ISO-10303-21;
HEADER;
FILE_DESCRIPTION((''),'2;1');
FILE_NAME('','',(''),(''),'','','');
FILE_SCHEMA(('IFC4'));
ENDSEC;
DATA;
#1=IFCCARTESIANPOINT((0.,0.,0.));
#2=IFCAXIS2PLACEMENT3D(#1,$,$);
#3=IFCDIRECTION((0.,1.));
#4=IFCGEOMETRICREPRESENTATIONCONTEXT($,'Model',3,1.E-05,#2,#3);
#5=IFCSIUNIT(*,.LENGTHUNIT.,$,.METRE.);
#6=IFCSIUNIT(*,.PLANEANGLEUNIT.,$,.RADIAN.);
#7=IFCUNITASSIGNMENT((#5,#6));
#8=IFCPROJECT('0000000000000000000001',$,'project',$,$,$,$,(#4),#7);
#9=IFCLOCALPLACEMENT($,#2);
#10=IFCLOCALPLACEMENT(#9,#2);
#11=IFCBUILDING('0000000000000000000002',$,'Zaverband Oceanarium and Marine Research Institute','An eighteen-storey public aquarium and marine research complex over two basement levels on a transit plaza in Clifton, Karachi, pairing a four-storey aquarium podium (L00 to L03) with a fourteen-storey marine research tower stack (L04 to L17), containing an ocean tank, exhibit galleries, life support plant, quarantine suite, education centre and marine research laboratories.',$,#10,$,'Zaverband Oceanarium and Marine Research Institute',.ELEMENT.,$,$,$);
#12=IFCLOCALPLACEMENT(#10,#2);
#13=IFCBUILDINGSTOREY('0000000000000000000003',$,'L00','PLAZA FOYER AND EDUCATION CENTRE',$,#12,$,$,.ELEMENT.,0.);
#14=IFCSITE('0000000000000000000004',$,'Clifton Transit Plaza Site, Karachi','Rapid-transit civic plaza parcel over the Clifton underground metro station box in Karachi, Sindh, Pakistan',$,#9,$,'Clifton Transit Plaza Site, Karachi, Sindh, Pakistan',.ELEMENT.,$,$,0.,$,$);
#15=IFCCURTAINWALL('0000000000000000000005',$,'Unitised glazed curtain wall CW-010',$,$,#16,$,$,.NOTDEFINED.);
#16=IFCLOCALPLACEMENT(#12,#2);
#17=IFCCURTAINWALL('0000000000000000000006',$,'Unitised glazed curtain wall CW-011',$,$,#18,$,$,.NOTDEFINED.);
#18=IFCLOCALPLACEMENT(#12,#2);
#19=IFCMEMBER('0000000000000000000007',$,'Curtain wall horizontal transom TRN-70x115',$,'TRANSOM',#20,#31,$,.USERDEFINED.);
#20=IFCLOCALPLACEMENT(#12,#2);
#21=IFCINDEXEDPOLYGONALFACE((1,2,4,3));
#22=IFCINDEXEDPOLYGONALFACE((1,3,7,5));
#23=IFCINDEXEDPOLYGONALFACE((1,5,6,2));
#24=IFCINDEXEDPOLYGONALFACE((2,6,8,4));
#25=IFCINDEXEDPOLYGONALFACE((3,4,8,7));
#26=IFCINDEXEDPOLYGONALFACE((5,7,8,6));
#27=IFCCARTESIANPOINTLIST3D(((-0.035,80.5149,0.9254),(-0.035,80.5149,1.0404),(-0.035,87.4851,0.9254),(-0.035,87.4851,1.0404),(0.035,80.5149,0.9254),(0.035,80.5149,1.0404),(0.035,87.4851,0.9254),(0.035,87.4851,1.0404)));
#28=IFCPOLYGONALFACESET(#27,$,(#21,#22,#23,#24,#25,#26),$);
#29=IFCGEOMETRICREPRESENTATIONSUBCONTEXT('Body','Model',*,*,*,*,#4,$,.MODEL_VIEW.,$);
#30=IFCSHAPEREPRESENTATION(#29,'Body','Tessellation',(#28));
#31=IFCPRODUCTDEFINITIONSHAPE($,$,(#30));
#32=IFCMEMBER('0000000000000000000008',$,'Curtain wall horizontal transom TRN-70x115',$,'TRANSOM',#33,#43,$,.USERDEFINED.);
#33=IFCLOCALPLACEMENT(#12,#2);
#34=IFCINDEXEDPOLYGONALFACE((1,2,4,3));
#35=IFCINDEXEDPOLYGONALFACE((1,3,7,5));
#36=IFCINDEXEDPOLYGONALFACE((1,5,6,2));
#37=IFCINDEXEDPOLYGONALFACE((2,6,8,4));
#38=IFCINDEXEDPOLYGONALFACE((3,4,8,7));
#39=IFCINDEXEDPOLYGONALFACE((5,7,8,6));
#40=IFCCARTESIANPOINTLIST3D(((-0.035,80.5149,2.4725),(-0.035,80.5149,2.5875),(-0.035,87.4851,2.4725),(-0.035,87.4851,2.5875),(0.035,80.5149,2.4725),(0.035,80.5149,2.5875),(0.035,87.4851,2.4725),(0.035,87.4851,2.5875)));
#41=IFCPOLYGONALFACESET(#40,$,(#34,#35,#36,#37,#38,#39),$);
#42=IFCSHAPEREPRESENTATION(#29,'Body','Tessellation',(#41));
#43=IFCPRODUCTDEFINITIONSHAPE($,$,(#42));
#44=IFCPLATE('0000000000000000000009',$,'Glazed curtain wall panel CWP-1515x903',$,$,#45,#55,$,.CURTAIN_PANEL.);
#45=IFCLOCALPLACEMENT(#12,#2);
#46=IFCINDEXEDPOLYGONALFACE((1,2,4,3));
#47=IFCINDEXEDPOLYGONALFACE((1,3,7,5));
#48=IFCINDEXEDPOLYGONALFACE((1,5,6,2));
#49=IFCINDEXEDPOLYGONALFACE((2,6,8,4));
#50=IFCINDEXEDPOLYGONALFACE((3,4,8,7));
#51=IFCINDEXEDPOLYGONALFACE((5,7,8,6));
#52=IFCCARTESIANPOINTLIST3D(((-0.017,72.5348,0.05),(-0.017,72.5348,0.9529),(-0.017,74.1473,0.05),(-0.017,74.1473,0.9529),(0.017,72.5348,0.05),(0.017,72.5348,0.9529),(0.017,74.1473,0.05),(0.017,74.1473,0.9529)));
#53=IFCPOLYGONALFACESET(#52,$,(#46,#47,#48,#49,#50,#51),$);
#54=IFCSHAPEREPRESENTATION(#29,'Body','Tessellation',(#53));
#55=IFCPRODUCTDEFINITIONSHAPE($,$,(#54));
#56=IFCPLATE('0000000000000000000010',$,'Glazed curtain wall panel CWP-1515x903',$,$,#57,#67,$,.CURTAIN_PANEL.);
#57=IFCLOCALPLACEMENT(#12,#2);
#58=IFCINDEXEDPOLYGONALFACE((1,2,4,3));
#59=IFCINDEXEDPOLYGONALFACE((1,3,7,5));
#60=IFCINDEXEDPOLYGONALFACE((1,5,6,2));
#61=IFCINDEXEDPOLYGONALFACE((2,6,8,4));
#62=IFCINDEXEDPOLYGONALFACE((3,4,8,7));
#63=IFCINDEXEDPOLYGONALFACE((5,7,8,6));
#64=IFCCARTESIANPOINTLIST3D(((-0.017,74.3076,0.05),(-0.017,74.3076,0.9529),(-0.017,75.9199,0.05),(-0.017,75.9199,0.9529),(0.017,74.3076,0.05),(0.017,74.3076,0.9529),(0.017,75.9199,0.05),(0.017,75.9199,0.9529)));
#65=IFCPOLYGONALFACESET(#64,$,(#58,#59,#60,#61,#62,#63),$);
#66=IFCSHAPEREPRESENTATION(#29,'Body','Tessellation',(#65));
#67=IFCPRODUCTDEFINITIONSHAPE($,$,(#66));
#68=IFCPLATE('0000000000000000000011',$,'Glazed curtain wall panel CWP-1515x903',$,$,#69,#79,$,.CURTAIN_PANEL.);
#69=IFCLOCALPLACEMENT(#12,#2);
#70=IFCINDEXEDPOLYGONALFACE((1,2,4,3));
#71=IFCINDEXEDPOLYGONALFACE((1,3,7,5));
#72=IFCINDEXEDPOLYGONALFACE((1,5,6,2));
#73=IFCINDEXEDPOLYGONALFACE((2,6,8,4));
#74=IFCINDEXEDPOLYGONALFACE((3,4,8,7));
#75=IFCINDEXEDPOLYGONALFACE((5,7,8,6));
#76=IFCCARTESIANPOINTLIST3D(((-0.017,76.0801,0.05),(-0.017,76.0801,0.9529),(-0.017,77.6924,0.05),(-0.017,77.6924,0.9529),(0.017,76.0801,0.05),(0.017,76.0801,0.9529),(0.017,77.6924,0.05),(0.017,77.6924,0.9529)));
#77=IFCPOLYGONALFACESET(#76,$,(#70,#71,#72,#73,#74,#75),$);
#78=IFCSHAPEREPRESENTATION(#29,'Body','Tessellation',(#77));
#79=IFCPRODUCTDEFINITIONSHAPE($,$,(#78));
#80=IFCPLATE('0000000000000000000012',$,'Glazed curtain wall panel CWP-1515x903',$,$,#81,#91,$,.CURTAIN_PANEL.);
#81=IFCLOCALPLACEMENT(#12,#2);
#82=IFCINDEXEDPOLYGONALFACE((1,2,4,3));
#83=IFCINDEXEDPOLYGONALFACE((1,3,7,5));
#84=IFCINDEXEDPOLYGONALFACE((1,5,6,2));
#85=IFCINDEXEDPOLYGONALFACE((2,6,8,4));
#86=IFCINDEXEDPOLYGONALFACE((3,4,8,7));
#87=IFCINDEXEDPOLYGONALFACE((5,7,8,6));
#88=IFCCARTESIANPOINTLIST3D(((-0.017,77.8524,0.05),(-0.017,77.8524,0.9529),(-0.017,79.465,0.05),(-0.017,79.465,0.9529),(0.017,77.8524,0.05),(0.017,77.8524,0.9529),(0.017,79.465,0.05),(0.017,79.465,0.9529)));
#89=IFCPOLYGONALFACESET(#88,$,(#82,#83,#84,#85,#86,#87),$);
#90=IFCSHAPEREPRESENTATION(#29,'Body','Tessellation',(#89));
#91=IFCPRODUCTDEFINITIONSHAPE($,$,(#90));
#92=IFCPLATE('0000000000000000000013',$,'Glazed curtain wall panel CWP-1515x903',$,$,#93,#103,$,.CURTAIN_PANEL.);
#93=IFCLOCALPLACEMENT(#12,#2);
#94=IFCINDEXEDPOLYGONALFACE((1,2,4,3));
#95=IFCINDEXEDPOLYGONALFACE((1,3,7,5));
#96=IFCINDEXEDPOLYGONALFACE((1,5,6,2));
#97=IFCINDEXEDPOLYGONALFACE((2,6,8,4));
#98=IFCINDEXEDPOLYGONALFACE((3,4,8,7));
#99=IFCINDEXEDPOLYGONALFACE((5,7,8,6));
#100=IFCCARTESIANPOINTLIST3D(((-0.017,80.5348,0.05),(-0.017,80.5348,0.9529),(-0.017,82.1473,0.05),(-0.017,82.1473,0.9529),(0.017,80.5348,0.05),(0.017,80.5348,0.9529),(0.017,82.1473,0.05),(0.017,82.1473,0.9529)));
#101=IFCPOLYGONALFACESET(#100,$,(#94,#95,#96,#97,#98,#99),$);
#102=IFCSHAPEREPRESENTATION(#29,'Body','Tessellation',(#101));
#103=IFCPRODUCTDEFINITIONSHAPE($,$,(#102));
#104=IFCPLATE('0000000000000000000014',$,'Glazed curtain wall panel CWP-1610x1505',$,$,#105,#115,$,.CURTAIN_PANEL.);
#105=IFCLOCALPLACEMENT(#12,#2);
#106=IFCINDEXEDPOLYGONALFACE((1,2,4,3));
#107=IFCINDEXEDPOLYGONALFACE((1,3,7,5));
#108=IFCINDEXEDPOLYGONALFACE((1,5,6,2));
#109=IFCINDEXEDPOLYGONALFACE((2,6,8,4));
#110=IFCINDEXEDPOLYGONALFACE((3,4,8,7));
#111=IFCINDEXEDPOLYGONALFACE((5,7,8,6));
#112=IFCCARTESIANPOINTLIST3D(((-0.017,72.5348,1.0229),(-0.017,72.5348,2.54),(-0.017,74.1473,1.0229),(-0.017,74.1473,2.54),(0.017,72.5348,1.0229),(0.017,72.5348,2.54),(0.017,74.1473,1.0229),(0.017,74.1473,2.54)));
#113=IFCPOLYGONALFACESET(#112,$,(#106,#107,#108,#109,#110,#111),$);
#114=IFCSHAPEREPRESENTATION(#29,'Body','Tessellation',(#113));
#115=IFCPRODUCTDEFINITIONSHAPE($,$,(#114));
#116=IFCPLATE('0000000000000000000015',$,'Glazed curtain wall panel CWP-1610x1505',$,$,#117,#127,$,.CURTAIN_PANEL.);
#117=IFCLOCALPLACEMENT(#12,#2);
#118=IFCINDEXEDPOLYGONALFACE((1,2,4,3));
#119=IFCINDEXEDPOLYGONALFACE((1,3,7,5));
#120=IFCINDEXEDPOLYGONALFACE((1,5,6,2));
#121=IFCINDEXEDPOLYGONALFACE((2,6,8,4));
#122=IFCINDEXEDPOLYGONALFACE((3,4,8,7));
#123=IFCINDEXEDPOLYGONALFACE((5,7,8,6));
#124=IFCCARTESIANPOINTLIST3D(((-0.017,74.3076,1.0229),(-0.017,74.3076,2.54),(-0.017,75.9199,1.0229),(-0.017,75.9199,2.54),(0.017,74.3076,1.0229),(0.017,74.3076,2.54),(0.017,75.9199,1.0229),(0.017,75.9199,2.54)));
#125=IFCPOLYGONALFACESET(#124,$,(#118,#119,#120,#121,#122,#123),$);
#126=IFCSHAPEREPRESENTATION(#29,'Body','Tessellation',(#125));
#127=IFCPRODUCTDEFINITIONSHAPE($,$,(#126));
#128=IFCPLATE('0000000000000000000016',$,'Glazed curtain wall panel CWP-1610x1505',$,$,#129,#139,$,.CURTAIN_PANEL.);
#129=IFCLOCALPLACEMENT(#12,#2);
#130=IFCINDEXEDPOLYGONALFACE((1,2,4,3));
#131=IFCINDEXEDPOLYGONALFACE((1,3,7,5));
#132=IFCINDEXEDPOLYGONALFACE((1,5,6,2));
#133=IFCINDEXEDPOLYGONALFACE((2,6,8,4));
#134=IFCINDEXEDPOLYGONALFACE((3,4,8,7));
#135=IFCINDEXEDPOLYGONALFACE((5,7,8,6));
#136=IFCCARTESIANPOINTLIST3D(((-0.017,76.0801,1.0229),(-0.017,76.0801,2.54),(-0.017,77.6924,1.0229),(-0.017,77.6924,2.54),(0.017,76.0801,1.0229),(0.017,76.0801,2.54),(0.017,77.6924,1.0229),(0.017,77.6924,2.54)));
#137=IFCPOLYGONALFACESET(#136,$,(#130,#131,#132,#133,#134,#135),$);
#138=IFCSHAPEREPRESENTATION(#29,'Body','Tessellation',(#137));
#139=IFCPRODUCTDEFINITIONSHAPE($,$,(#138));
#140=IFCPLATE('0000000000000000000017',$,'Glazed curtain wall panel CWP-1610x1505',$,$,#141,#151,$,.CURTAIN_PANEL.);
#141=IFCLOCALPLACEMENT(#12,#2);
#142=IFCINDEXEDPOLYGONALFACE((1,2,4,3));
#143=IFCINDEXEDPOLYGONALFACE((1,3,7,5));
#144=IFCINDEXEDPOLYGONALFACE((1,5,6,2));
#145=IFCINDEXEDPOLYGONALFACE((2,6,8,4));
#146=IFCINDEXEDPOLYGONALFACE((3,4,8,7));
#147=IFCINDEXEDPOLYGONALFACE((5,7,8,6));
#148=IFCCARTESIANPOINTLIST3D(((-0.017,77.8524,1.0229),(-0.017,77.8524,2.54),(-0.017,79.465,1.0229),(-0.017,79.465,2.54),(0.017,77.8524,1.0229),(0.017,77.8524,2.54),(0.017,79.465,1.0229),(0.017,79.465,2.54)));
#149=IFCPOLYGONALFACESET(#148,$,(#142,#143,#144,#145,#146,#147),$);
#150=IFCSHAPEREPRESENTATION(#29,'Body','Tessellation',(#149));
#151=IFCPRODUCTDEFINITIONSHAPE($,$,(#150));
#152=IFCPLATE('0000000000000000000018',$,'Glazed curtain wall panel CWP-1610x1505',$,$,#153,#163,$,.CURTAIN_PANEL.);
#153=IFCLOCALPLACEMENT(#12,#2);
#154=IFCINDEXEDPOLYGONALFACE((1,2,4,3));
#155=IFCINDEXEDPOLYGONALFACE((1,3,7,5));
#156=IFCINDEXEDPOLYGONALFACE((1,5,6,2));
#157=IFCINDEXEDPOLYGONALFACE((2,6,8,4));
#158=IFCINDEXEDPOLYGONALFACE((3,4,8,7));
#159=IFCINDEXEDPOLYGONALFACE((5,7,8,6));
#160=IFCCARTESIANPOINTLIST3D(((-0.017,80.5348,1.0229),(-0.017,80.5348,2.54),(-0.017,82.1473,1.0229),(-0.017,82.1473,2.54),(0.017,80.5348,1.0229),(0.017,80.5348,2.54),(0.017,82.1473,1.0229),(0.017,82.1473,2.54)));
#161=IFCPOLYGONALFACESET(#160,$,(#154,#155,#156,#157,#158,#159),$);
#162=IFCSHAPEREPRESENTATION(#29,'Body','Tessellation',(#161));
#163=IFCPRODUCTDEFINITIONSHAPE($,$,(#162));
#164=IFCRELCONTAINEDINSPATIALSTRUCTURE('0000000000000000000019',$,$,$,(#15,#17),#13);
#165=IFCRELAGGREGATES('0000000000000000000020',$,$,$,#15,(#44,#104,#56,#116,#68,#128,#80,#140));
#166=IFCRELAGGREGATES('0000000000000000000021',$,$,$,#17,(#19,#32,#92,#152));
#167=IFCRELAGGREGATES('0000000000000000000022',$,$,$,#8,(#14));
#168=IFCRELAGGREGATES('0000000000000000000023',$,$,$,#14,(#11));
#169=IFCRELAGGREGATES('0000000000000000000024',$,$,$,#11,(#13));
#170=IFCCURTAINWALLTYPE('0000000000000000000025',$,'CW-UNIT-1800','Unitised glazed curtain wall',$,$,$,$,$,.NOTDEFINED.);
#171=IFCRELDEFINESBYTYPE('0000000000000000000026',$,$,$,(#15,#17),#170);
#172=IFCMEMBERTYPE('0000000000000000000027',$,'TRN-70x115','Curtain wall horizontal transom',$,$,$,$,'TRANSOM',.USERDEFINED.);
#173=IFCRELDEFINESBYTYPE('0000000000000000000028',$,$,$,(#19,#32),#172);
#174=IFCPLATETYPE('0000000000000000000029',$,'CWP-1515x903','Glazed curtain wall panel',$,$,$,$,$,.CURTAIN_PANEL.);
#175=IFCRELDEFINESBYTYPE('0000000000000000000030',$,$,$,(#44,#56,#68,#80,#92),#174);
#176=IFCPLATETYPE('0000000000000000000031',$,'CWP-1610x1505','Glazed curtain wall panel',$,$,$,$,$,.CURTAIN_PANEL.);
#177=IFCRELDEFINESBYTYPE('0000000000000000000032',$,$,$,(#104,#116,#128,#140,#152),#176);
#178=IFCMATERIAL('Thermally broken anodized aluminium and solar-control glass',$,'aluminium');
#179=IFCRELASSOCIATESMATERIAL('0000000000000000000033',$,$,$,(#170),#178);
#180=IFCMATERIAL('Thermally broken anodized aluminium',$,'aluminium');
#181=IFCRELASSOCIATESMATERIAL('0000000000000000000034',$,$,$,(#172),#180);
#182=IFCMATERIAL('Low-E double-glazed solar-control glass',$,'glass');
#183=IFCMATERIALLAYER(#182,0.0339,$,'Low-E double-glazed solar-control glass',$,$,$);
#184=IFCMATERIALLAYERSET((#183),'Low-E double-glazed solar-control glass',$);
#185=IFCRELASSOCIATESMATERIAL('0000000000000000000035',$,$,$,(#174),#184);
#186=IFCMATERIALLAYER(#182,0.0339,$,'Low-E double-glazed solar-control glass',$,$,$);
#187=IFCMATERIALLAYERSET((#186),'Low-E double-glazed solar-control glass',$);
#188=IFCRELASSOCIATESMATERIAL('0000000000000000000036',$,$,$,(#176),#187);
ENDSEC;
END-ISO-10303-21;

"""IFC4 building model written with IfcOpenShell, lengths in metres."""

from ifc_helpers import new_model, si_unit, direction, frame, frame_2d, origin, origin_2d, place, context, subcontext, project, spatial, rectangle, extrude, material, layer, layer_set, material_profile, profile_set, type_object, element, aggregate, save


model = new_model("IFC4")

# Units and contexts
model_context = context("Model", 3, precision=1e-05, world=origin(), true_north=direction((0.0, 1.0)))
body_context = subcontext(model_context, "Body", "Model", "MODEL_VIEW")
ifc_project = project(units=[si_unit("LENGTHUNIT", "METRE"), si_unit("PLANEANGLEUNIT", "RADIAN")], contexts=[model_context])

# Site, building, storey
site_placement = place(None, origin())
site = spatial("IfcSite", under=ifc_project, at=site_placement, Name="Clifton Transit Plaza Site, Karachi", Description="Rapid-transit civic plaza parcel over the Clifton underground metro station box in Karachi, Sindh, Pakistan", LongName="Clifton Transit Plaza Site, Karachi, Sindh, Pakistan", CompositionType="ELEMENT", RefElevation=0.0)
building_placement = place(site_placement, origin())
building = spatial("IfcBuilding", under=site, at=building_placement, Name="Zaverband Oceanarium and Marine Research Institute", Description="An eighteen-storey public aquarium and marine research complex over two basement levels on a transit plaza in Clifton, Karachi, pairing a four-storey aquarium podium (L00 to L03) with a fourteen-storey marine research tower stack (L04 to L17), containing an ocean tank, exhibit galleries, life support plant, quarantine suite, education centre and marine research laboratories.", LongName="Zaverband Oceanarium and Marine Research Institute", CompositionType="ELEMENT")
storey_placement = place(building_placement, origin())
storey = spatial("IfcBuildingStorey", under=building, at=storey_placement, Name="L00", Description="PLAZA FOYER AND EDUCATION CENTRE", CompositionType="ELEMENT", Elevation=0.0)

# Curtain wall
ifc_material_1 = material(Name="Thermally broken anodized aluminium and solar-control glass", Category="aluminium")
curtain_wall_type = type_object("IfcCurtainWallType", Name="CW-UNIT-1800", Description="Unitised glazed curtain wall", PredefinedType="NOTDEFINED", material=ifc_material_1)
curtain_wall_1_placement = place(storey_placement, origin())
curtain_wall_1 = element("IfcCurtainWall", 1, at=curtain_wall_1_placement, inside=storey, type_object=curtain_wall_type, Name="Unitised glazed curtain wall CW-010", PredefinedType="NOTDEFINED")
ifc_material_2 = material(Name="Thermally broken anodized aluminium", Category="aluminium")

# Curtain wall
curtain_wall_2_placement = place(storey_placement, origin())
curtain_wall_2 = element("IfcCurtainWall", 2, at=curtain_wall_2_placement, inside=storey, type_object=curtain_wall_type, Name="Unitised glazed curtain wall CW-011", PredefinedType="NOTDEFINED")

# Members
ifc_material_profile_1 = material_profile(ifc_material_2, rectangle(XDim=0.0701, YDim=0.115, at=origin_2d()), Name="AL-TRN-70x115")
ifc_profile_set_1 = profile_set([ifc_material_profile_1], Name="Thermally broken anodized aluminium")
member_type_1 = type_object("IfcMemberType", Name="TRN-70x115", Description="Curtain wall horizontal transom", ElementType="TRANSOM", PredefinedType="USERDEFINED", material=ifc_profile_set_1)
member_1_placement = place(storey_placement, frame((0.0, 80.5149, 0.9829), z_axis=(0.0, 1.0, 0.0), x_axis=(-1.0, 0.0, 0.0)))
member_1 = element("IfcMember", 3, at=member_1_placement, type_object=member_type_1, Name="Curtain wall horizontal transom TRN-70x115", ObjectType="TRANSOM", PredefinedType="USERDEFINED", context=body_context, shape_type="SweptSolid", body=[
    extrude(rectangle(XDim=0.0701, YDim=0.115, at=origin_2d()), origin(), (0.0, 0.0, 1.0), 6.9702),
])
member_2_placement = place(storey_placement, frame((0.0, 80.5149, 2.53), z_axis=(0.0, 1.0, 0.0), x_axis=(-1.0, 0.0, 0.0)))
member_2 = element("IfcMember", 4, at=member_2_placement, type_object=member_type_1, Name="Curtain wall horizontal transom TRN-70x115", ObjectType="TRANSOM", PredefinedType="USERDEFINED", context=body_context, shape_type="SweptSolid", body=[
    extrude(rectangle(XDim=0.0701, YDim=0.115, at=origin_2d()), origin(), (0.0, 0.0, 1.0), 6.9702),
])

# Plates
ifc_material_3 = material(Name="Low-E double-glazed solar-control glass", Category="glass")
ifc_layer_1 = layer(ifc_material_3, 0.0339, Name="Low-E double-glazed solar-control glass")
ifc_layer_set_1 = layer_set([ifc_layer_1], Name="Low-E double-glazed solar-control glass")
plate_type_1 = type_object("IfcPlateType", Name="CWP-1515x903", Description="Glazed curtain wall panel", PredefinedType="CURTAIN_PANEL", material=ifc_layer_set_1)
plate_1_placement = place(storey_placement, frame((0.0, 72.5349, 0.05), z_axis=(0.0, 0.0, 1.0), x_axis=(0.0, 1.0, 0.0)))
plate_1 = element("IfcPlate", 5, at=plate_1_placement, type_object=plate_type_1, Name="Glazed curtain wall panel CWP-1515x903", PredefinedType="CURTAIN_PANEL", context=body_context, shape_type="SweptSolid", body=[
    extrude(rectangle(XDim=1.6125, YDim=0.0339, at=frame_2d((0.8062, 0.0))), origin(), (0.0, 0.0, 1.0), 0.9028),
])
plate_2_placement = place(storey_placement, frame((0.0, 74.3076, 0.05), z_axis=(0.0, 0.0, 1.0), x_axis=(0.0, 1.0, 0.0)))
plate_2 = element("IfcPlate", 6, at=plate_2_placement, type_object=plate_type_1, Name="Glazed curtain wall panel CWP-1515x903", PredefinedType="CURTAIN_PANEL", context=body_context, shape_type="SweptSolid", body=[
    extrude(rectangle(XDim=1.6123, YDim=0.0339, at=frame_2d((0.8062, 0.0))), origin(), (0.0, 0.0, 1.0), 0.9028),
])
plate_3_placement = place(storey_placement, frame((0.0, 76.0801, 0.05), z_axis=(0.0, 0.0, 1.0), x_axis=(0.0, 1.0, 0.0)))
plate_3 = element("IfcPlate", 7, at=plate_3_placement, type_object=plate_type_1, Name="Glazed curtain wall panel CWP-1515x903", PredefinedType="CURTAIN_PANEL", context=body_context, shape_type="SweptSolid", body=[
    extrude(rectangle(XDim=1.6123, YDim=0.0339, at=frame_2d((0.8062, 0.0))), origin(), (0.0, 0.0, 1.0), 0.9028),
])
plate_4_placement = place(storey_placement, frame((0.0, 77.8525, 0.05), z_axis=(0.0, 0.0, 1.0), x_axis=(0.0, 1.0, 0.0)))
plate_4 = element("IfcPlate", 8, at=plate_4_placement, type_object=plate_type_1, Name="Glazed curtain wall panel CWP-1515x903", PredefinedType="CURTAIN_PANEL", context=body_context, shape_type="SweptSolid", body=[
    extrude(rectangle(XDim=1.6125, YDim=0.0339, at=frame_2d((0.8062, 0.0))), origin(), (0.0, 0.0, 1.0), 0.9028),
])
plate_5_placement = place(storey_placement, frame((0.0, 80.5349, 0.05), z_axis=(0.0, 0.0, 1.0), x_axis=(0.0, 1.0, 0.0)))
plate_5 = element("IfcPlate", 9, at=plate_5_placement, type_object=plate_type_1, Name="Glazed curtain wall panel CWP-1515x903", PredefinedType="CURTAIN_PANEL", context=body_context, shape_type="SweptSolid", body=[
    extrude(rectangle(XDim=1.6125, YDim=0.0339, at=frame_2d((0.8062, 0.0))), origin(), (0.0, 0.0, 1.0), 0.9028),
])
ifc_layer_2 = layer(ifc_material_3, 0.0339, Name="Low-E double-glazed solar-control glass")
ifc_layer_set_2 = layer_set([ifc_layer_2], Name="Low-E double-glazed solar-control glass")
plate_type_2 = type_object("IfcPlateType", Name="CWP-1610x1505", Description="Glazed curtain wall panel", PredefinedType="CURTAIN_PANEL", material=ifc_layer_set_2)
plate_6_placement = place(storey_placement, frame((0.0, 72.5349, 1.0229), z_axis=(0.0, 0.0, 1.0), x_axis=(0.0, 1.0, 0.0)))
plate_6 = element("IfcPlate", 10, at=plate_6_placement, type_object=plate_type_2, Name="Glazed curtain wall panel CWP-1610x1505", PredefinedType="CURTAIN_PANEL", context=body_context, shape_type="SweptSolid", body=[
    extrude(rectangle(XDim=1.6125, YDim=0.0339, at=frame_2d((0.8062, 0.0))), origin(), (0.0, 0.0, 1.0), 1.5171),
])
plate_7_placement = place(storey_placement, frame((0.0, 74.3076, 1.0229), z_axis=(0.0, 0.0, 1.0), x_axis=(0.0, 1.0, 0.0)))
plate_7 = element("IfcPlate", 11, at=plate_7_placement, type_object=plate_type_2, Name="Glazed curtain wall panel CWP-1610x1505", PredefinedType="CURTAIN_PANEL", context=body_context, shape_type="SweptSolid", body=[
    extrude(rectangle(XDim=1.6123, YDim=0.0339, at=frame_2d((0.8062, 0.0))), origin(), (0.0, 0.0, 1.0), 1.5171),
])
plate_8_placement = place(storey_placement, frame((0.0, 76.0801, 1.0229), z_axis=(0.0, 0.0, 1.0), x_axis=(0.0, 1.0, 0.0)))
plate_8 = element("IfcPlate", 12, at=plate_8_placement, type_object=plate_type_2, Name="Glazed curtain wall panel CWP-1610x1505", PredefinedType="CURTAIN_PANEL", context=body_context, shape_type="SweptSolid", body=[
    extrude(rectangle(XDim=1.6123, YDim=0.0339, at=frame_2d((0.8062, 0.0))), origin(), (0.0, 0.0, 1.0), 1.5171),
])
plate_9_placement = place(storey_placement, frame((0.0, 77.8525, 1.0229), z_axis=(0.0, 0.0, 1.0), x_axis=(0.0, 1.0, 0.0)))
plate_9 = element("IfcPlate", 13, at=plate_9_placement, type_object=plate_type_2, Name="Glazed curtain wall panel CWP-1610x1505", PredefinedType="CURTAIN_PANEL", context=body_context, shape_type="SweptSolid", body=[
    extrude(rectangle(XDim=1.6125, YDim=0.0339, at=frame_2d((0.8062, 0.0))), origin(), (0.0, 0.0, 1.0), 1.5171),
])
aggregate(curtain_wall_1, [plate_1, plate_6, plate_2, plate_7, plate_3, plate_8, plate_4, plate_9])
plate_10_placement = place(storey_placement, frame((0.0, 80.5349, 1.0229), z_axis=(0.0, 0.0, 1.0), x_axis=(0.0, 1.0, 0.0)))
plate_10 = element("IfcPlate", 14, at=plate_10_placement, type_object=plate_type_2, Name="Glazed curtain wall panel CWP-1610x1505", PredefinedType="CURTAIN_PANEL", context=body_context, shape_type="SweptSolid", body=[
    extrude(rectangle(XDim=1.6125, YDim=0.0339, at=frame_2d((0.8062, 0.0))), origin(), (0.0, 0.0, 1.0), 1.5171),
])
aggregate(curtain_wall_2, [member_1, member_2, plate_5, plate_10])

save(model, "model.ifc")
